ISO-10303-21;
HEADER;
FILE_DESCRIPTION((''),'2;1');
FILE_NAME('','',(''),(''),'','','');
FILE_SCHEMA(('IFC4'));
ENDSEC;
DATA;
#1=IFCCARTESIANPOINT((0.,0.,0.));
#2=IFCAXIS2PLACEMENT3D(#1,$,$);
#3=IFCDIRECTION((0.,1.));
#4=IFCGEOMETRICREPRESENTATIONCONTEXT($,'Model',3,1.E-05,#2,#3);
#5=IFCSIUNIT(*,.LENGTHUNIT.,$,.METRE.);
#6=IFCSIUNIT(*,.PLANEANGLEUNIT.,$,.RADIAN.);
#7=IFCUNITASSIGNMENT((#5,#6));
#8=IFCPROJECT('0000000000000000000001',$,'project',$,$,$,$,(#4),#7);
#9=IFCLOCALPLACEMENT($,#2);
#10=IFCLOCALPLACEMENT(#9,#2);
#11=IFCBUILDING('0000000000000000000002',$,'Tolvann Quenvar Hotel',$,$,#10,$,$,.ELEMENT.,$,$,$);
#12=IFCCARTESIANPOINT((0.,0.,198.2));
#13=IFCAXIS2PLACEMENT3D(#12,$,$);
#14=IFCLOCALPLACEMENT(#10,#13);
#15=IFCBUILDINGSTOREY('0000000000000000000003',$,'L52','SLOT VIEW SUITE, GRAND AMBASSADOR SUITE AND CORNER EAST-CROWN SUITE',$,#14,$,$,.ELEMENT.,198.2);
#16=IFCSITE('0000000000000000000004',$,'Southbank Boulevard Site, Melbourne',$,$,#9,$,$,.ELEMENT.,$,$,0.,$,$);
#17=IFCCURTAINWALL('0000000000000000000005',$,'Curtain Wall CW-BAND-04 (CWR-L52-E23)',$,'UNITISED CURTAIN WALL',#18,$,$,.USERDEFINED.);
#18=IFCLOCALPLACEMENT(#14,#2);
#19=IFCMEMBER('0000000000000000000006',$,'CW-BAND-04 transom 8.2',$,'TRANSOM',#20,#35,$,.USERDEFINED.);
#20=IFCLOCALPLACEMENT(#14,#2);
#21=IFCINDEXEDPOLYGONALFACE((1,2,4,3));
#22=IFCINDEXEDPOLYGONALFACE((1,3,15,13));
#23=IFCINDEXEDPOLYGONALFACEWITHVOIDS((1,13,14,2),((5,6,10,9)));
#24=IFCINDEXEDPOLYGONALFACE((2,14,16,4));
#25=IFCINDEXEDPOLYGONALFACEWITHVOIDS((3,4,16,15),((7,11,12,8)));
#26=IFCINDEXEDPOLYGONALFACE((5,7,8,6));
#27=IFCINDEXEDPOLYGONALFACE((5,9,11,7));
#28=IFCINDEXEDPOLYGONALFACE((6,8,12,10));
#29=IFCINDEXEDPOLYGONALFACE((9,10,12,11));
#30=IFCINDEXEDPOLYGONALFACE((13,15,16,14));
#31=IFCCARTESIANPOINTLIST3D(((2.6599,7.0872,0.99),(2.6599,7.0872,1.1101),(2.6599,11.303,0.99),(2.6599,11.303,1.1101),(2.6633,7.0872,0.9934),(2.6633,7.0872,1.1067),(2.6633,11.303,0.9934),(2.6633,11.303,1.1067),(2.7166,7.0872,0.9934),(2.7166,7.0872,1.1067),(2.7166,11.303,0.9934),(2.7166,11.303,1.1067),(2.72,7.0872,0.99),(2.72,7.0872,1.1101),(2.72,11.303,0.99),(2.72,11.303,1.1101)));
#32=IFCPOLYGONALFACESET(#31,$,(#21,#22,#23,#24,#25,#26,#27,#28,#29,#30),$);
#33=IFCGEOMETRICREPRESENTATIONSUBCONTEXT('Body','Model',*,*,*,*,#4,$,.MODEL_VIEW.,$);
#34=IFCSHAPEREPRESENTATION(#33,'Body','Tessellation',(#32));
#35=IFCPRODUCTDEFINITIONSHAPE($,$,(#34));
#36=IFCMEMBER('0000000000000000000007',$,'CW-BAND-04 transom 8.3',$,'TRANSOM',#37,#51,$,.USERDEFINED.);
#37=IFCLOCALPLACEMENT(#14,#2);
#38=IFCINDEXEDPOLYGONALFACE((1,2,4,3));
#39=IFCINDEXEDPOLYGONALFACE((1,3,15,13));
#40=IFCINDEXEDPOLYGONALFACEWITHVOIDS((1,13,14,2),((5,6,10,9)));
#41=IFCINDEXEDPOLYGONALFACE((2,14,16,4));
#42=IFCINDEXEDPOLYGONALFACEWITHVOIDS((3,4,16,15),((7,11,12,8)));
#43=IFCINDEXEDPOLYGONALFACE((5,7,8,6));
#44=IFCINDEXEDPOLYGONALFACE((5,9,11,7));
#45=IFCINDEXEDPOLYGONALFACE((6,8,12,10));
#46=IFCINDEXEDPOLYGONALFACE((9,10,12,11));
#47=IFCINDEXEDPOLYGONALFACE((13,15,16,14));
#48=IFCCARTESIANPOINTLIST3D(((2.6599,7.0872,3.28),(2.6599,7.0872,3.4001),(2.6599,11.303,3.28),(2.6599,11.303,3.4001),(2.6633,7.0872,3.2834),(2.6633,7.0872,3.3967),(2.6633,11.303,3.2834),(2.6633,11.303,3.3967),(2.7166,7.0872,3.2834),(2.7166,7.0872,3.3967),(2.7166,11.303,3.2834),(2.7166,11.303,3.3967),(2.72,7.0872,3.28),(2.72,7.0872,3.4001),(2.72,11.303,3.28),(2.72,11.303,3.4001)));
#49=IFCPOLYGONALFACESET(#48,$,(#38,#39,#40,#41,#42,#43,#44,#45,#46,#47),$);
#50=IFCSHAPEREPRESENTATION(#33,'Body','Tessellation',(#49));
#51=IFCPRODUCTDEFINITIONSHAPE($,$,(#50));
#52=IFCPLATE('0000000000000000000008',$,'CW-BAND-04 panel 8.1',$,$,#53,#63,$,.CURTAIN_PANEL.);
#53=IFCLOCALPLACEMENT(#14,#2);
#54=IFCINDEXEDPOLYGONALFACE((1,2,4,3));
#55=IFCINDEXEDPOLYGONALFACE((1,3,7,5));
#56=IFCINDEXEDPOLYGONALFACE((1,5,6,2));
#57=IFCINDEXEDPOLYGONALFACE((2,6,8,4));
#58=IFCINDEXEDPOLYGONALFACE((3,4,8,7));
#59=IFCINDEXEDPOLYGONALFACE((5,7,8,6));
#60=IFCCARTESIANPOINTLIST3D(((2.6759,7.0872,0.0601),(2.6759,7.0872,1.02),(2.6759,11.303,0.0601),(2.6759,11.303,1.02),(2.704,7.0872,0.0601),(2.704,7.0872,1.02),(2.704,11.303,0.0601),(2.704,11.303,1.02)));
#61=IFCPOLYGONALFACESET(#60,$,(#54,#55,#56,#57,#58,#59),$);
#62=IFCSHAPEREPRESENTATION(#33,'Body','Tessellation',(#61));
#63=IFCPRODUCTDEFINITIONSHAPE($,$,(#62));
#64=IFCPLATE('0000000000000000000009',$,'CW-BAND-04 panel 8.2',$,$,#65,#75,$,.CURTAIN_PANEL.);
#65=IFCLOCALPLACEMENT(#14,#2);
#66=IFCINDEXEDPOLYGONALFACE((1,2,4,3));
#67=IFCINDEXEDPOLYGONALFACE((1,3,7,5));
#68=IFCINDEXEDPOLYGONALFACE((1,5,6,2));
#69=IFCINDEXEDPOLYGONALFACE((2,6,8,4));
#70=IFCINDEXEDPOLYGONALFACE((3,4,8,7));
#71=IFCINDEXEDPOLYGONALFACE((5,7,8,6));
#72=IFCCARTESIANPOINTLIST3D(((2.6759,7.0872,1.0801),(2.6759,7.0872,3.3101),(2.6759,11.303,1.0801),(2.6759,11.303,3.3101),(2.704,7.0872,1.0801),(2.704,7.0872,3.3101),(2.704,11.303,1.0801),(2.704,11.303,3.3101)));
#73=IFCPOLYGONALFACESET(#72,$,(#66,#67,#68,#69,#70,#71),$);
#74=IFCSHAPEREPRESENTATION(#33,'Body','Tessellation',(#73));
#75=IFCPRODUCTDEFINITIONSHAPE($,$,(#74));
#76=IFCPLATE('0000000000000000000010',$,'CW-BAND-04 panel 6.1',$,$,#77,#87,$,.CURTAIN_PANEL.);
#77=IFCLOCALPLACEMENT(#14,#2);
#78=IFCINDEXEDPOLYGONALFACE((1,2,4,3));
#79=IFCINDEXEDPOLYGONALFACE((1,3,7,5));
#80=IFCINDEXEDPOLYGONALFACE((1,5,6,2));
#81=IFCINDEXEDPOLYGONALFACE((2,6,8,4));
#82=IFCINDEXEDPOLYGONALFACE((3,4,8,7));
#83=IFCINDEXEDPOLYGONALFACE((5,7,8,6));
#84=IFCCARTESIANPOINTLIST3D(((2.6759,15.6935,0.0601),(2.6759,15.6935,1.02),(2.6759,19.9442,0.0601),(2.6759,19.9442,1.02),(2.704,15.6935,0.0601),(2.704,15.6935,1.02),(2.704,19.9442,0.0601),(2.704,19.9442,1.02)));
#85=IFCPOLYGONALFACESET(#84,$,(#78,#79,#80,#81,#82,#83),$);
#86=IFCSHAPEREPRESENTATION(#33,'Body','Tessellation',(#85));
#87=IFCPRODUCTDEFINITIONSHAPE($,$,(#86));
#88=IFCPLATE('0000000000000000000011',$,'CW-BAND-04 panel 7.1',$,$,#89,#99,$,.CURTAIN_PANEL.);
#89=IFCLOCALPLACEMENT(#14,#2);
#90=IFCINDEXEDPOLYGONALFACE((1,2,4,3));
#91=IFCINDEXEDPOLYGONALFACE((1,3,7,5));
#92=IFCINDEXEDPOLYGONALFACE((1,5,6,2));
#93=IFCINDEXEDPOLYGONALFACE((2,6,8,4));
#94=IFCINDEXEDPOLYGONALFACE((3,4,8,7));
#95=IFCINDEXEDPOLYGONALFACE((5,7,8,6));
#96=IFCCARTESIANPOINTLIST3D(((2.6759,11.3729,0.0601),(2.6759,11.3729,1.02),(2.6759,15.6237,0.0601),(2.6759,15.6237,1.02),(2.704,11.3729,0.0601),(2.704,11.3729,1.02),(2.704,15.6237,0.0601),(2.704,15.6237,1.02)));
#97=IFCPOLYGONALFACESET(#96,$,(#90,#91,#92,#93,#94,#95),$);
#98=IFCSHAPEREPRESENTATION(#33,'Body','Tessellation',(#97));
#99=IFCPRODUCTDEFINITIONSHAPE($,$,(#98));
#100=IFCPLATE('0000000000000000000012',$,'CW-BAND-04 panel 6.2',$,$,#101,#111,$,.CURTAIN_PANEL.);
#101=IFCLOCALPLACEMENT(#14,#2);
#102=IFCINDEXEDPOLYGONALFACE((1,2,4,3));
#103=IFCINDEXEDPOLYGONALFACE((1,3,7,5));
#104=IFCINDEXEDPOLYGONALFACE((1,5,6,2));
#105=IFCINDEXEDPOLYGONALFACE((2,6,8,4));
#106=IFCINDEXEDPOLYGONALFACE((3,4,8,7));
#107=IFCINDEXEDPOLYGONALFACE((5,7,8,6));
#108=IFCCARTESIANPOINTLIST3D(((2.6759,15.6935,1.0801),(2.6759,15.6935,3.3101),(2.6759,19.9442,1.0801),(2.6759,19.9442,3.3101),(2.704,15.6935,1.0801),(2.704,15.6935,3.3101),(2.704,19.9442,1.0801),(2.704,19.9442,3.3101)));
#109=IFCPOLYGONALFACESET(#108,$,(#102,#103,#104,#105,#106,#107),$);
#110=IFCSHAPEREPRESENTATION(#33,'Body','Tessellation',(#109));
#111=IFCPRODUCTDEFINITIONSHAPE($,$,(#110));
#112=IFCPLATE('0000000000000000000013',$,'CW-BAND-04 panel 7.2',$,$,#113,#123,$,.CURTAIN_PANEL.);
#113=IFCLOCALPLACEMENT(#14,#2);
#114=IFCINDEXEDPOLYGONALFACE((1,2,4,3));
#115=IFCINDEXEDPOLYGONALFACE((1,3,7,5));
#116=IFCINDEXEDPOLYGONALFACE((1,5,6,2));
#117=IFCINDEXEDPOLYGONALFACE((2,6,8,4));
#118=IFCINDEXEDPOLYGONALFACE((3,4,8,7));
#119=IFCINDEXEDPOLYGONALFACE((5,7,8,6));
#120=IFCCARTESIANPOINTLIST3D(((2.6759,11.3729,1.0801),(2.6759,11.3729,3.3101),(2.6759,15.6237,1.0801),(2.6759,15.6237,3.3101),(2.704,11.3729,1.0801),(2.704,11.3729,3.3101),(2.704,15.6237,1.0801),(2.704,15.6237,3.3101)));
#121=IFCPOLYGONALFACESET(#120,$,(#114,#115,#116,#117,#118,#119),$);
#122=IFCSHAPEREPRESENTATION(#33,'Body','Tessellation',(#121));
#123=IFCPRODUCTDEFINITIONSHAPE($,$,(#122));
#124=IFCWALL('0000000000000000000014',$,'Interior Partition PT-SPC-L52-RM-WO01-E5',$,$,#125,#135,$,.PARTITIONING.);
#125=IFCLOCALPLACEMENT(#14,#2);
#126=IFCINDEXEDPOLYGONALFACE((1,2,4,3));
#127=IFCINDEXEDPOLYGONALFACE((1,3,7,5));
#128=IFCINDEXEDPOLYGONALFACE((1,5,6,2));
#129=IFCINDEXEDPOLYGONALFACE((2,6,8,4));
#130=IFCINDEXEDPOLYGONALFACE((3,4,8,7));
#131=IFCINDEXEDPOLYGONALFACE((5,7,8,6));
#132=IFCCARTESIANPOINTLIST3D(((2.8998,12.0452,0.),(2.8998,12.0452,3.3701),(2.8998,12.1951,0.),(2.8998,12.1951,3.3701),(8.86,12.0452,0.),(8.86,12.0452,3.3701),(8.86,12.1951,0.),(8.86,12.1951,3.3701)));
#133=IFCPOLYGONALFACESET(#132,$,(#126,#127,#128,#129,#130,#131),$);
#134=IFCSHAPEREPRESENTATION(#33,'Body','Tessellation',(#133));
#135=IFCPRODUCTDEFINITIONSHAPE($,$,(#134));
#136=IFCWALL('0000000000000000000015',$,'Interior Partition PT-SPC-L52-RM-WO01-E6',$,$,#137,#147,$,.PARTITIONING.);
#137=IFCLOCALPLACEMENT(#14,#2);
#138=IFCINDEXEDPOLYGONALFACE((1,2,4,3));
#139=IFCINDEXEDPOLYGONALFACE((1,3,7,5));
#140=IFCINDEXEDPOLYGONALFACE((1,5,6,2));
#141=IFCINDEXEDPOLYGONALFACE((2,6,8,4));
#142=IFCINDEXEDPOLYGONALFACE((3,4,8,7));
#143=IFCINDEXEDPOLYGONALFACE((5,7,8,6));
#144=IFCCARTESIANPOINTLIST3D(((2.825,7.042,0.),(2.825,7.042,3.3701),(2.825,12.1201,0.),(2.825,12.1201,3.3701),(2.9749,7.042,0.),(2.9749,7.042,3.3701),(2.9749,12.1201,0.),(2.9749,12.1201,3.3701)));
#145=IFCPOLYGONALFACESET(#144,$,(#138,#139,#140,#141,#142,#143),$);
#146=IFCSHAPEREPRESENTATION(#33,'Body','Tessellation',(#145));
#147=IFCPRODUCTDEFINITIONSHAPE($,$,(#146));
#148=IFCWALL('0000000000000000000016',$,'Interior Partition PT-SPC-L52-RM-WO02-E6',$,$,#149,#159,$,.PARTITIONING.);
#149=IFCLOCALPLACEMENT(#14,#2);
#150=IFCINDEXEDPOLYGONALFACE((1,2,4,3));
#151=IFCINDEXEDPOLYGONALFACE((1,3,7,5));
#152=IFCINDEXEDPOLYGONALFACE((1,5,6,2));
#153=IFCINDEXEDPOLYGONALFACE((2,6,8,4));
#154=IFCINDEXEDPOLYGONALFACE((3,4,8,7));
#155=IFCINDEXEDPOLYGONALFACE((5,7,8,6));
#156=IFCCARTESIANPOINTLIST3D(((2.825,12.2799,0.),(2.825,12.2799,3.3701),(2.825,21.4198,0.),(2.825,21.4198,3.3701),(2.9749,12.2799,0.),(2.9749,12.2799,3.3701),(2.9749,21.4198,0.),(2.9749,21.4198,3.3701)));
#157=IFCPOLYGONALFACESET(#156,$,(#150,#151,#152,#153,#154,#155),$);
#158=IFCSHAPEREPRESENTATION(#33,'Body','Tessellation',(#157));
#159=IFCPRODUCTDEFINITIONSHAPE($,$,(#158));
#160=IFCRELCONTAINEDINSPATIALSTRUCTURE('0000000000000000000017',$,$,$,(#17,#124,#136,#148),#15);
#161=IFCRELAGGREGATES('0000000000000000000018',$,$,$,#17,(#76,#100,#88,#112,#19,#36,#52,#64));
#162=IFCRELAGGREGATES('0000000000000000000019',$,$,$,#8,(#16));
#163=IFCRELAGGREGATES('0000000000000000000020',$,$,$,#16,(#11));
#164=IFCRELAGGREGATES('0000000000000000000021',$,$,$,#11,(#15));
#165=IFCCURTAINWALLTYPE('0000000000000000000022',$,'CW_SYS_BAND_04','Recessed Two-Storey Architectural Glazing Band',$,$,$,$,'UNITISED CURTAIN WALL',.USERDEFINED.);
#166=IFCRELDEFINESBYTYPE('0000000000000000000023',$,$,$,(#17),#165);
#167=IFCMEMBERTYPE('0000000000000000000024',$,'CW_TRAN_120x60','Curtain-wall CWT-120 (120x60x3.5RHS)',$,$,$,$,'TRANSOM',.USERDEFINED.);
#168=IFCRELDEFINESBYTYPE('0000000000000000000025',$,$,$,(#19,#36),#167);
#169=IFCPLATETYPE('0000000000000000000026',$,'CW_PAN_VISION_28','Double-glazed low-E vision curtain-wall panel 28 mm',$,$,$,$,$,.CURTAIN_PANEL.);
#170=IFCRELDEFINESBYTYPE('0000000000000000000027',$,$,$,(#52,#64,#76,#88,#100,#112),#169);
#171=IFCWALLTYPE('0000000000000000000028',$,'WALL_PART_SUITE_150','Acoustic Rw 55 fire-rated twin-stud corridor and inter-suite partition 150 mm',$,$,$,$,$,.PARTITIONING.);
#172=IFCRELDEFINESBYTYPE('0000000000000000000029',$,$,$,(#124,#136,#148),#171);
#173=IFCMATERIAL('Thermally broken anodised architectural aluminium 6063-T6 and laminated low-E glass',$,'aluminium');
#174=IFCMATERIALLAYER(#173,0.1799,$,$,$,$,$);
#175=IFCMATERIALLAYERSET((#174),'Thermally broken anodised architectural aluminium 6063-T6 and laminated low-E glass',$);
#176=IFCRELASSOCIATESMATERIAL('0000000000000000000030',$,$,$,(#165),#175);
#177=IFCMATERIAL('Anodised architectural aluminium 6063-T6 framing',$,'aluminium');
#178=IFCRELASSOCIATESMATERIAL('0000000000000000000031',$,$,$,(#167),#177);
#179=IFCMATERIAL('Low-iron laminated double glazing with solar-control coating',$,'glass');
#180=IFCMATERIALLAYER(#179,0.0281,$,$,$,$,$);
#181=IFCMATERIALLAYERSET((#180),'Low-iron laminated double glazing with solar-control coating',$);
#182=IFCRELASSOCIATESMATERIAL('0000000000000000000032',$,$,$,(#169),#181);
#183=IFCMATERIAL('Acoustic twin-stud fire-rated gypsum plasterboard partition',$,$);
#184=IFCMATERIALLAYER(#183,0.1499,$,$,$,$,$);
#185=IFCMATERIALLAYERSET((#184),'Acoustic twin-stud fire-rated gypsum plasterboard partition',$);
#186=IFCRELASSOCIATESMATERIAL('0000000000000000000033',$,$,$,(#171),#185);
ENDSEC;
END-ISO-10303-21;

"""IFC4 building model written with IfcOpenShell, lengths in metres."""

from ifc_helpers import new_model, si_unit, direction, frame, frame_2d, origin, origin_2d, place, context, subcontext, project, spatial, rectangle, hollow_rectangle, extrude, source, transform, mapped, material, layer, layer_set, material_profile, profile_set, type_object, type_shapes, element, aggregate, save


model = new_model("IFC4")

# Units and contexts
model_context = context("Model", 3, precision=1e-05, world=origin(), true_north=direction((0.0, 1.0)))
body_context = subcontext(model_context, "Body", "Model", "MODEL_VIEW")
ifc_project = project(units=[si_unit("LENGTHUNIT", "METRE"), si_unit("PLANEANGLEUNIT", "RADIAN")], contexts=[model_context])

# Site, building, storey
site_placement = place(None, origin())
site = spatial("IfcSite", under=ifc_project, at=site_placement, Name="Southbank Boulevard Site, Melbourne", CompositionType="ELEMENT", RefElevation=0.0)
building_placement = place(site_placement, origin())
building = spatial("IfcBuilding", under=site, at=building_placement, Name="Tolvann Quenvar Hotel", CompositionType="ELEMENT")
storey_placement = place(building_placement, frame((0.0, 0.0, 198.2)))
storey = spatial("IfcBuildingStorey", under=building, at=storey_placement, Name="L52", Description="SLOT VIEW SUITE, GRAND AMBASSADOR SUITE AND CORNER EAST-CROWN SUITE", CompositionType="ELEMENT", Elevation=198.2)

# Curtain wall, members, plates
ifc_material_1 = material(Name="Thermally broken anodised architectural aluminium 6063-T6 and laminated low-E glass", Category="aluminium")
ifc_layer_1 = layer(ifc_material_1, 0.1799)
ifc_layer_set_1 = layer_set([ifc_layer_1], Name="Thermally broken anodised architectural aluminium 6063-T6 and laminated low-E glass")
curtain_wall_type = type_object("IfcCurtainWallType", Name="CW_SYS_BAND_04", Description="Recessed Two-Storey Architectural Glazing Band", ElementType="UNITISED CURTAIN WALL", PredefinedType="USERDEFINED", material=ifc_layer_set_1)
curtain_wall_placement = place(storey_placement, origin())
curtain_wall = element("IfcCurtainWall", 1, at=curtain_wall_placement, inside=storey, type_object=curtain_wall_type, Name="Curtain Wall CW-BAND-04 (CWR-L52-E23)", ObjectType="UNITISED CURTAIN WALL", PredefinedType="USERDEFINED")
ifc_material_2 = material(Name="Anodised architectural aluminium 6063-T6 framing", Category="aluminium")
ifc_material_profile_1 = material_profile(ifc_material_2, hollow_rectangle(XDim=0.0601, YDim=0.1201, WallThickness=0.0034, at=origin_2d()), Name="120x60x3.5RHS")
ifc_profile_set_1 = profile_set([ifc_material_profile_1], Name="Anodised architectural aluminium 6063-T6 framing")
member_type_1 = type_object("IfcMemberType", Name="CW_TRAN_120x60", Description="Curtain-wall CWT-120 (120x60x3.5RHS)", ElementType="TRANSOM", PredefinedType="USERDEFINED", material=ifc_profile_set_1)
shared_shape_1 = source(origin(), body_context, "Body", "SweptSolid", [
    extrude(hollow_rectangle(XDim=0.0601, YDim=0.1201, WallThickness=0.0034, at=origin_2d()), origin(), (0.0, 0.0, 1.0), 4.2158),
])
member_1_placement = place(storey_placement, frame((2.6899, 11.303, 1.05), z_axis=(0.0, -1.0, 0.0), x_axis=(1.0, 0.0, 0.0)))
member_1 = element("IfcMember", 2, at=member_1_placement, type_object=member_type_1, Name="CW-BAND-04 transom 8.2", ObjectType="TRANSOM", PredefinedType="USERDEFINED", context=body_context, shape_type="MappedRepresentation", body=[
    mapped(shared_shape_1, transform((0.0, 0.0, 0.0), x_axis=(1.0, 0.0, 0.0), y_axis=(0.0, 1.0, 0.0), z_axis=(0.0, 0.0, 1.0), scale=1.0)),
])
member_2_placement = place(storey_placement, frame((2.6899, 11.303, 3.3401), z_axis=(0.0, -1.0, 0.0), x_axis=(1.0, 0.0, 0.0)))
member_2 = element("IfcMember", 3, at=member_2_placement, type_object=member_type_1, Name="CW-BAND-04 transom 8.3", ObjectType="TRANSOM", PredefinedType="USERDEFINED", context=body_context, shape_type="MappedRepresentation", body=[
    mapped(shared_shape_1, transform((0.0, 0.0, 0.0), x_axis=(1.0, 0.0, 0.0), y_axis=(0.0, 1.0, 0.0), z_axis=(0.0, 0.0, 1.0), scale=1.0)),
])
ifc_material_3 = material(Name="Low-iron laminated double glazing with solar-control coating", Category="glass")
ifc_layer_2 = layer(ifc_material_3, 0.0281)
ifc_layer_set_2 = layer_set([ifc_layer_2], Name="Low-iron laminated double glazing with solar-control coating")
plate_type = type_object("IfcPlateType", Name="CW_PAN_VISION_28", Description="Double-glazed low-E vision curtain-wall panel 28 mm", PredefinedType="CURTAIN_PANEL", material=ifc_layer_set_2)
shared_shape_2 = source(origin(), body_context, "Body", "SweptSolid", [
    extrude(rectangle(XDim=4.2158, YDim=0.0281, at=origin_2d()), origin(), (0.0, 0.0, 1.0), 0.96),
])
plate_1_placement = place(storey_placement, frame((2.6899, 9.1951, 0.0601), z_axis=(0.0, 0.0, 1.0), x_axis=(0.0, -1.0, 0.0)))
plate_1 = element("IfcPlate", 4, at=plate_1_placement, type_object=plate_type, Name="CW-BAND-04 panel 8.1", PredefinedType="CURTAIN_PANEL", context=body_context, shape_type="MappedRepresentation", body=[
    mapped(shared_shape_2, transform((0.0, 0.0, 0.0), x_axis=(1.0, 0.0, 0.0), y_axis=(0.0, 1.0, 0.0), z_axis=(0.0, 0.0, 1.0), scale=1.0)),
])
shared_shape_3 = source(origin(), body_context, "Body", "SweptSolid", [
    extrude(rectangle(XDim=4.2158, YDim=0.0281, at=origin_2d()), origin(), (0.0, 0.0, 1.0), 2.23),
])
plate_2_placement = place(storey_placement, frame((2.6899, 9.1951, 1.0801), z_axis=(0.0, 0.0, 1.0), x_axis=(0.0, -1.0, 0.0)))
plate_2 = element("IfcPlate", 5, at=plate_2_placement, type_object=plate_type, Name="CW-BAND-04 panel 8.2", PredefinedType="CURTAIN_PANEL", context=body_context, shape_type="MappedRepresentation", body=[
    mapped(shared_shape_3, transform((0.0, 0.0, 0.0), x_axis=(1.0, 0.0, 0.0), y_axis=(0.0, 1.0, 0.0), z_axis=(0.0, 0.0, 1.0), scale=1.0)),
])
shared_shape_4 = source(origin(), body_context, "Body", "SweptSolid", [
    extrude(rectangle(XDim=4.2507, YDim=0.0281, at=origin_2d()), origin(), (0.0, 0.0, 1.0), 0.96),
])
plate_3_placement = place(storey_placement, frame((2.6899, 17.8188, 0.0601), z_axis=(0.0, 0.0, 1.0), x_axis=(0.0, -1.0, 0.0)))
plate_3 = element("IfcPlate", 6, at=plate_3_placement, type_object=plate_type, Name="CW-BAND-04 panel 6.1", PredefinedType="CURTAIN_PANEL", context=body_context, shape_type="MappedRepresentation", body=[
    mapped(shared_shape_4, transform((0.0, 0.0, 0.0), x_axis=(1.0, 0.0, 0.0), y_axis=(0.0, 1.0, 0.0), z_axis=(0.0, 0.0, 1.0), scale=1.0)),
])
plate_4_placement = place(storey_placement, frame((2.6899, 13.4983, 0.0601), z_axis=(0.0, 0.0, 1.0), x_axis=(0.0, -1.0, 0.0)))
plate_4 = element("IfcPlate", 7, at=plate_4_placement, type_object=plate_type, Name="CW-BAND-04 panel 7.1", PredefinedType="CURTAIN_PANEL", context=body_context, shape_type="MappedRepresentation", body=[
    mapped(shared_shape_4, transform((0.0, 0.0, 0.0), x_axis=(1.0, 0.0, 0.0), y_axis=(0.0, 1.0, 0.0), z_axis=(0.0, 0.0, 1.0), scale=1.0)),
])
shared_shape_5 = source(origin(), body_context, "Body", "SweptSolid", [
    extrude(rectangle(XDim=4.2507, YDim=0.0281, at=origin_2d()), origin(), (0.0, 0.0, 1.0), 2.23),
])
type_shapes(plate_type, [shared_shape_2, shared_shape_3, shared_shape_4, shared_shape_5])
plate_5_placement = place(storey_placement, frame((2.6899, 17.8188, 1.0801), z_axis=(0.0, 0.0, 1.0), x_axis=(0.0, -1.0, 0.0)))
plate_5 = element("IfcPlate", 8, at=plate_5_placement, type_object=plate_type, Name="CW-BAND-04 panel 6.2", PredefinedType="CURTAIN_PANEL", context=body_context, shape_type="MappedRepresentation", body=[
    mapped(shared_shape_5, transform((0.0, 0.0, 0.0), x_axis=(1.0, 0.0, 0.0), y_axis=(0.0, 1.0, 0.0), z_axis=(0.0, 0.0, 1.0), scale=1.0)),
])
plate_6_placement = place(storey_placement, frame((2.6899, 13.4983, 1.0801), z_axis=(0.0, 0.0, 1.0), x_axis=(0.0, -1.0, 0.0)))
plate_6 = element("IfcPlate", 9, at=plate_6_placement, type_object=plate_type, Name="CW-BAND-04 panel 7.2", PredefinedType="CURTAIN_PANEL", context=body_context, shape_type="MappedRepresentation", body=[
    mapped(shared_shape_5, transform((0.0, 0.0, 0.0), x_axis=(1.0, 0.0, 0.0), y_axis=(0.0, 1.0, 0.0), z_axis=(0.0, 0.0, 1.0), scale=1.0)),
])
aggregate(curtain_wall, [plate_3, plate_5, plate_4, plate_6, member_1, member_2, plate_1, plate_2])

# Walls
ifc_material_4 = material(Name="Acoustic twin-stud fire-rated gypsum plasterboard partition")
ifc_layer_3 = layer(ifc_material_4, 0.1499)
ifc_layer_set_3 = layer_set([ifc_layer_3], Name="Acoustic twin-stud fire-rated gypsum plasterboard partition")
wall_type = type_object("IfcWallType", Name="WALL_PART_SUITE_150", Description="Acoustic Rw 55 fire-rated twin-stud corridor and inter-suite partition 150 mm", PredefinedType="PARTITIONING", material=ifc_layer_set_3)
wall_1_placement = place(storey_placement, frame((2.8999, 12.1201, 0.0), z_axis=(0.0, 0.0, 1.0), x_axis=(1.0, 0.0, 0.0)))
element("IfcWall", 10, at=wall_1_placement, inside=storey, type_object=wall_type, Name="Interior Partition PT-SPC-L52-RM-WO01-E5", PredefinedType="PARTITIONING", context=body_context, shape_type="SweptSolid", body=[
    extrude(rectangle(XDim=5.9602, YDim=0.1499, at=frame_2d((2.98, 0.0))), origin(), (0.0, 0.0, 1.0), 3.3701),
])
wall_2_placement = place(storey_placement, frame((2.8999, 7.042, 0.0), z_axis=(0.0, 0.0, 1.0), x_axis=(0.0, 1.0, 0.0)))
element("IfcWall", 11, at=wall_2_placement, inside=storey, type_object=wall_type, Name="Interior Partition PT-SPC-L52-RM-WO01-E6", PredefinedType="PARTITIONING", context=body_context, shape_type="SweptSolid", body=[
    extrude(rectangle(XDim=5.0781, YDim=0.1499, at=frame_2d((2.5391, 0.0))), origin(), (0.0, 0.0, 1.0), 3.3701),
])
wall_3_placement = place(storey_placement, frame((2.8999, 12.28, 0.0), z_axis=(0.0, 0.0, 1.0), x_axis=(0.0, 1.0, 0.0)))
element("IfcWall", 12, at=wall_3_placement, inside=storey, type_object=wall_type, Name="Interior Partition PT-SPC-L52-RM-WO02-E6", PredefinedType="PARTITIONING", context=body_context, shape_type="SweptSolid", body=[
    extrude(rectangle(XDim=9.1399, YDim=0.1499, at=frame_2d((4.5698, 0.0))), origin(), (0.0, 0.0, 1.0), 3.3701),
])

save(model, "model.ifc")
